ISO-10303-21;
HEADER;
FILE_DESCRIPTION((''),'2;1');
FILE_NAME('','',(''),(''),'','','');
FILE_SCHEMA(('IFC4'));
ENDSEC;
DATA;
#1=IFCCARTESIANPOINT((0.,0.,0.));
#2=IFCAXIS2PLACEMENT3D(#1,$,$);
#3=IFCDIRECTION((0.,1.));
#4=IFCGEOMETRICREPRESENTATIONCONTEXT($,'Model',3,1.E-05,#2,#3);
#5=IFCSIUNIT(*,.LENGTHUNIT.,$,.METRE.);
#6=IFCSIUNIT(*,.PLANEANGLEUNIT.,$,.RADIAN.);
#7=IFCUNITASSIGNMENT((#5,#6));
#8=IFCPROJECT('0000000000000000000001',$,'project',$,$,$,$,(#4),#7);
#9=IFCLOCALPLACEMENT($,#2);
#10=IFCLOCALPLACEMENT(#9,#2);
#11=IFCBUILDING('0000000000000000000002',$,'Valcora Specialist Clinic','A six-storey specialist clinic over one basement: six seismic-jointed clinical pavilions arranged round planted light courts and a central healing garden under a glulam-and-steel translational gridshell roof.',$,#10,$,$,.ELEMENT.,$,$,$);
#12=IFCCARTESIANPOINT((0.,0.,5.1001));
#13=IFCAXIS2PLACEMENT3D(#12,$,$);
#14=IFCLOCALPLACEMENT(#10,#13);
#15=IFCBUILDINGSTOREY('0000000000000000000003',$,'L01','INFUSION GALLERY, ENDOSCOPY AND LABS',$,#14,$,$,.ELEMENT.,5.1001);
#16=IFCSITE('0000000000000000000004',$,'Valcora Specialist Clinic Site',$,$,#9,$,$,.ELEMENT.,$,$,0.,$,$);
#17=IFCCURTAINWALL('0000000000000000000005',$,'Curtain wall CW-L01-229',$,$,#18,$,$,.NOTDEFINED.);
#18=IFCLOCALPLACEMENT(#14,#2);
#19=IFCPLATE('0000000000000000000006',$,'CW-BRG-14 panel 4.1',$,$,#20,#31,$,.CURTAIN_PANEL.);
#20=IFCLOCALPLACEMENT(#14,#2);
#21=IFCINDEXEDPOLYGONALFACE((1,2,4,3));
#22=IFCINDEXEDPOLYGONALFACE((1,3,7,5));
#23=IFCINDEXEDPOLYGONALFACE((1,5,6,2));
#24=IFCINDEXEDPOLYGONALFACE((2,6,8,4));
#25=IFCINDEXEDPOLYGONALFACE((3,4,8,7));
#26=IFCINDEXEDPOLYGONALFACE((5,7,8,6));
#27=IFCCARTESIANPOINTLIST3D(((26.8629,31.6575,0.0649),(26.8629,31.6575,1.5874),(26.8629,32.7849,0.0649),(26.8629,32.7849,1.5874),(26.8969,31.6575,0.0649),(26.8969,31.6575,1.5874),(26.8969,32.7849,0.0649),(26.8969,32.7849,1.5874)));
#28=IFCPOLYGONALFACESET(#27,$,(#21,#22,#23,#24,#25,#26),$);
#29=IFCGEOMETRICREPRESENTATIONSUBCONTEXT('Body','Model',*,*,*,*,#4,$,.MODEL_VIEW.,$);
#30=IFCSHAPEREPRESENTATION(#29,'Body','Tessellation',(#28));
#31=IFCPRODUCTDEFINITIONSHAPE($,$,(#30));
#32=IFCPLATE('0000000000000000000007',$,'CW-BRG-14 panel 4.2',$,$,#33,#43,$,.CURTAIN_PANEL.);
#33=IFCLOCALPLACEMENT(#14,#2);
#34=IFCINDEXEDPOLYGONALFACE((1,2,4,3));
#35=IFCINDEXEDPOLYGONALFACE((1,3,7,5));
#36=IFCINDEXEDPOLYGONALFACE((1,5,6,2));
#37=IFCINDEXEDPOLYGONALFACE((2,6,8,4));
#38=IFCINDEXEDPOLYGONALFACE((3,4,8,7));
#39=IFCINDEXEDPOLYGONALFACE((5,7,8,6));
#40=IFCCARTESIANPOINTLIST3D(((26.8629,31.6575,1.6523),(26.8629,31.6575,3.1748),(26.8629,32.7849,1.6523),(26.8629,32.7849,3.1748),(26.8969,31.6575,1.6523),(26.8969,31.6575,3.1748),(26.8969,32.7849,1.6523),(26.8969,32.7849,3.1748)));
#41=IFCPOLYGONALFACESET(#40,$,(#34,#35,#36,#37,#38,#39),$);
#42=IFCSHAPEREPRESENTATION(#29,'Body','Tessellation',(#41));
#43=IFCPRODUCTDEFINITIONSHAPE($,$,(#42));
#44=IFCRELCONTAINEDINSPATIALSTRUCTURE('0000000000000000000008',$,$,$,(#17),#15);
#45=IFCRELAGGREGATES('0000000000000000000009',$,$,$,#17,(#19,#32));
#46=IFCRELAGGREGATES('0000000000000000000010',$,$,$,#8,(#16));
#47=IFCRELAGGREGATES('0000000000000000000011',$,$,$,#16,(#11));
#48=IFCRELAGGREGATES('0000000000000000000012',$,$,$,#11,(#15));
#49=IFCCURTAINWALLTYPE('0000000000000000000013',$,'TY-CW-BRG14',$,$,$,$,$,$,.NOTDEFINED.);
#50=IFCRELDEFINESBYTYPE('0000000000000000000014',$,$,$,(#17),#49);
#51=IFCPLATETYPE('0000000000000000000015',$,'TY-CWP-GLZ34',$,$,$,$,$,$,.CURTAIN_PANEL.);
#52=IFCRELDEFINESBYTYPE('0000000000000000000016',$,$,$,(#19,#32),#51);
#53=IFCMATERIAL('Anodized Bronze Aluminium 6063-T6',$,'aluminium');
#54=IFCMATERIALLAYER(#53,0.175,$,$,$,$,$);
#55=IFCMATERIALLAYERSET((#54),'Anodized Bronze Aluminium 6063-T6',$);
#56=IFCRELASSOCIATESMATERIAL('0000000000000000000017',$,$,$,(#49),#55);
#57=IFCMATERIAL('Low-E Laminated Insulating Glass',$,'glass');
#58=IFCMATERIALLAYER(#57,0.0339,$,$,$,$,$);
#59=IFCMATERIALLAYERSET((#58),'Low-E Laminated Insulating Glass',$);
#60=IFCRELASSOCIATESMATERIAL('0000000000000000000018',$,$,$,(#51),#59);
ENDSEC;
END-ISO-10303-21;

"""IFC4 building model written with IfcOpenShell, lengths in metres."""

from ifc_helpers import new_model, si_unit, direction, frame, origin, origin_2d, place, context, subcontext, project, spatial, rectangle, extrude, material, layer, layer_set, type_object, element, aggregate, save


model = new_model("IFC4")

# Units and contexts
model_context = context("Model", 3, precision=1e-05, world=origin(), true_north=direction((0.0, 1.0)))
body_context = subcontext(model_context, "Body", "Model", "MODEL_VIEW")
ifc_project = project(units=[si_unit("LENGTHUNIT", "METRE"), si_unit("PLANEANGLEUNIT", "RADIAN")], contexts=[model_context])

# Site, building, storey
site_placement = place(None, origin())
site = spatial("IfcSite", under=ifc_project, at=site_placement, Name="Valcora Specialist Clinic Site", CompositionType="ELEMENT", RefElevation=0.0)
building_placement = place(site_placement, origin())
building = spatial("IfcBuilding", under=site, at=building_placement, Name="Valcora Specialist Clinic", Description="A six-storey specialist clinic over one basement: six seismic-jointed clinical pavilions arranged round planted light courts and a central healing garden under a glulam-and-steel translational gridshell roof.", CompositionType="ELEMENT")
storey_placement = place(building_placement, frame((0.0, 0.0, 5.1001)))
storey = spatial("IfcBuildingStorey", under=building, at=storey_placement, Name="L01", Description="INFUSION GALLERY, ENDOSCOPY AND LABS", CompositionType="ELEMENT", Elevation=5.1001)

# Shared definitions
ifc_material_1 = material(Name="Anodized Bronze Aluminium 6063-T6", Category="aluminium")
ifc_layer_1 = layer(ifc_material_1, 0.175)
ifc_layer_set_1 = layer_set([ifc_layer_1], Name="Anodized Bronze Aluminium 6063-T6")
curtain_wall_type = type_object("IfcCurtainWallType", Name="TY-CW-BRG14", PredefinedType="NOTDEFINED", material=ifc_layer_set_1)

# Curtain wall
curtain_wall_1_placement = place(storey_placement, origin())
curtain_wall_1 = element("IfcCurtainWall", 1, at=curtain_wall_1_placement, inside=storey, type_object=curtain_wall_type, Name="Curtain wall CW-L01-229", PredefinedType="NOTDEFINED")

# Plates
ifc_material_2 = material(Name="Low-E Laminated Insulating Glass", Category="glass")
ifc_layer_2 = layer(ifc_material_2, 0.0339)
ifc_layer_set_2 = layer_set([ifc_layer_2], Name="Low-E Laminated Insulating Glass")
plate_type_1 = type_object("IfcPlateType", Name="TY-CWP-GLZ34", PredefinedType="CURTAIN_PANEL", material=ifc_layer_set_2)
plate_1_placement = place(storey_placement, frame((26.8799, 32.2212, 0.0649), z_axis=(0.0, 0.0, 1.0), x_axis=(0.0, 1.0, 0.0)))
plate_1 = element("IfcPlate", 2, at=plate_1_placement, type_object=plate_type_1, Name="CW-BRG-14 panel 4.1", PredefinedType="CURTAIN_PANEL", context=body_context, shape_type="SweptSolid", body=[
    extrude(rectangle(XDim=1.1274, YDim=0.0339, at=origin_2d()), origin(), (0.0, 0.0, 1.0), 1.5225),
])
plate_2_placement = place(storey_placement, frame((26.8799, 32.2212, 1.6523), z_axis=(0.0, 0.0, 1.0), x_axis=(0.0, 1.0, 0.0)))
plate_2 = element("IfcPlate", 3, at=plate_2_placement, type_object=plate_type_1, Name="CW-BRG-14 panel 4.2", PredefinedType="CURTAIN_PANEL", context=body_context, shape_type="SweptSolid", body=[
    extrude(rectangle(XDim=1.1274, YDim=0.0339, at=origin_2d()), origin(), (0.0, 0.0, 1.0), 1.5225),
])
aggregate(curtain_wall_1, [plate_1, plate_2])

save(model, "model.ifc")
